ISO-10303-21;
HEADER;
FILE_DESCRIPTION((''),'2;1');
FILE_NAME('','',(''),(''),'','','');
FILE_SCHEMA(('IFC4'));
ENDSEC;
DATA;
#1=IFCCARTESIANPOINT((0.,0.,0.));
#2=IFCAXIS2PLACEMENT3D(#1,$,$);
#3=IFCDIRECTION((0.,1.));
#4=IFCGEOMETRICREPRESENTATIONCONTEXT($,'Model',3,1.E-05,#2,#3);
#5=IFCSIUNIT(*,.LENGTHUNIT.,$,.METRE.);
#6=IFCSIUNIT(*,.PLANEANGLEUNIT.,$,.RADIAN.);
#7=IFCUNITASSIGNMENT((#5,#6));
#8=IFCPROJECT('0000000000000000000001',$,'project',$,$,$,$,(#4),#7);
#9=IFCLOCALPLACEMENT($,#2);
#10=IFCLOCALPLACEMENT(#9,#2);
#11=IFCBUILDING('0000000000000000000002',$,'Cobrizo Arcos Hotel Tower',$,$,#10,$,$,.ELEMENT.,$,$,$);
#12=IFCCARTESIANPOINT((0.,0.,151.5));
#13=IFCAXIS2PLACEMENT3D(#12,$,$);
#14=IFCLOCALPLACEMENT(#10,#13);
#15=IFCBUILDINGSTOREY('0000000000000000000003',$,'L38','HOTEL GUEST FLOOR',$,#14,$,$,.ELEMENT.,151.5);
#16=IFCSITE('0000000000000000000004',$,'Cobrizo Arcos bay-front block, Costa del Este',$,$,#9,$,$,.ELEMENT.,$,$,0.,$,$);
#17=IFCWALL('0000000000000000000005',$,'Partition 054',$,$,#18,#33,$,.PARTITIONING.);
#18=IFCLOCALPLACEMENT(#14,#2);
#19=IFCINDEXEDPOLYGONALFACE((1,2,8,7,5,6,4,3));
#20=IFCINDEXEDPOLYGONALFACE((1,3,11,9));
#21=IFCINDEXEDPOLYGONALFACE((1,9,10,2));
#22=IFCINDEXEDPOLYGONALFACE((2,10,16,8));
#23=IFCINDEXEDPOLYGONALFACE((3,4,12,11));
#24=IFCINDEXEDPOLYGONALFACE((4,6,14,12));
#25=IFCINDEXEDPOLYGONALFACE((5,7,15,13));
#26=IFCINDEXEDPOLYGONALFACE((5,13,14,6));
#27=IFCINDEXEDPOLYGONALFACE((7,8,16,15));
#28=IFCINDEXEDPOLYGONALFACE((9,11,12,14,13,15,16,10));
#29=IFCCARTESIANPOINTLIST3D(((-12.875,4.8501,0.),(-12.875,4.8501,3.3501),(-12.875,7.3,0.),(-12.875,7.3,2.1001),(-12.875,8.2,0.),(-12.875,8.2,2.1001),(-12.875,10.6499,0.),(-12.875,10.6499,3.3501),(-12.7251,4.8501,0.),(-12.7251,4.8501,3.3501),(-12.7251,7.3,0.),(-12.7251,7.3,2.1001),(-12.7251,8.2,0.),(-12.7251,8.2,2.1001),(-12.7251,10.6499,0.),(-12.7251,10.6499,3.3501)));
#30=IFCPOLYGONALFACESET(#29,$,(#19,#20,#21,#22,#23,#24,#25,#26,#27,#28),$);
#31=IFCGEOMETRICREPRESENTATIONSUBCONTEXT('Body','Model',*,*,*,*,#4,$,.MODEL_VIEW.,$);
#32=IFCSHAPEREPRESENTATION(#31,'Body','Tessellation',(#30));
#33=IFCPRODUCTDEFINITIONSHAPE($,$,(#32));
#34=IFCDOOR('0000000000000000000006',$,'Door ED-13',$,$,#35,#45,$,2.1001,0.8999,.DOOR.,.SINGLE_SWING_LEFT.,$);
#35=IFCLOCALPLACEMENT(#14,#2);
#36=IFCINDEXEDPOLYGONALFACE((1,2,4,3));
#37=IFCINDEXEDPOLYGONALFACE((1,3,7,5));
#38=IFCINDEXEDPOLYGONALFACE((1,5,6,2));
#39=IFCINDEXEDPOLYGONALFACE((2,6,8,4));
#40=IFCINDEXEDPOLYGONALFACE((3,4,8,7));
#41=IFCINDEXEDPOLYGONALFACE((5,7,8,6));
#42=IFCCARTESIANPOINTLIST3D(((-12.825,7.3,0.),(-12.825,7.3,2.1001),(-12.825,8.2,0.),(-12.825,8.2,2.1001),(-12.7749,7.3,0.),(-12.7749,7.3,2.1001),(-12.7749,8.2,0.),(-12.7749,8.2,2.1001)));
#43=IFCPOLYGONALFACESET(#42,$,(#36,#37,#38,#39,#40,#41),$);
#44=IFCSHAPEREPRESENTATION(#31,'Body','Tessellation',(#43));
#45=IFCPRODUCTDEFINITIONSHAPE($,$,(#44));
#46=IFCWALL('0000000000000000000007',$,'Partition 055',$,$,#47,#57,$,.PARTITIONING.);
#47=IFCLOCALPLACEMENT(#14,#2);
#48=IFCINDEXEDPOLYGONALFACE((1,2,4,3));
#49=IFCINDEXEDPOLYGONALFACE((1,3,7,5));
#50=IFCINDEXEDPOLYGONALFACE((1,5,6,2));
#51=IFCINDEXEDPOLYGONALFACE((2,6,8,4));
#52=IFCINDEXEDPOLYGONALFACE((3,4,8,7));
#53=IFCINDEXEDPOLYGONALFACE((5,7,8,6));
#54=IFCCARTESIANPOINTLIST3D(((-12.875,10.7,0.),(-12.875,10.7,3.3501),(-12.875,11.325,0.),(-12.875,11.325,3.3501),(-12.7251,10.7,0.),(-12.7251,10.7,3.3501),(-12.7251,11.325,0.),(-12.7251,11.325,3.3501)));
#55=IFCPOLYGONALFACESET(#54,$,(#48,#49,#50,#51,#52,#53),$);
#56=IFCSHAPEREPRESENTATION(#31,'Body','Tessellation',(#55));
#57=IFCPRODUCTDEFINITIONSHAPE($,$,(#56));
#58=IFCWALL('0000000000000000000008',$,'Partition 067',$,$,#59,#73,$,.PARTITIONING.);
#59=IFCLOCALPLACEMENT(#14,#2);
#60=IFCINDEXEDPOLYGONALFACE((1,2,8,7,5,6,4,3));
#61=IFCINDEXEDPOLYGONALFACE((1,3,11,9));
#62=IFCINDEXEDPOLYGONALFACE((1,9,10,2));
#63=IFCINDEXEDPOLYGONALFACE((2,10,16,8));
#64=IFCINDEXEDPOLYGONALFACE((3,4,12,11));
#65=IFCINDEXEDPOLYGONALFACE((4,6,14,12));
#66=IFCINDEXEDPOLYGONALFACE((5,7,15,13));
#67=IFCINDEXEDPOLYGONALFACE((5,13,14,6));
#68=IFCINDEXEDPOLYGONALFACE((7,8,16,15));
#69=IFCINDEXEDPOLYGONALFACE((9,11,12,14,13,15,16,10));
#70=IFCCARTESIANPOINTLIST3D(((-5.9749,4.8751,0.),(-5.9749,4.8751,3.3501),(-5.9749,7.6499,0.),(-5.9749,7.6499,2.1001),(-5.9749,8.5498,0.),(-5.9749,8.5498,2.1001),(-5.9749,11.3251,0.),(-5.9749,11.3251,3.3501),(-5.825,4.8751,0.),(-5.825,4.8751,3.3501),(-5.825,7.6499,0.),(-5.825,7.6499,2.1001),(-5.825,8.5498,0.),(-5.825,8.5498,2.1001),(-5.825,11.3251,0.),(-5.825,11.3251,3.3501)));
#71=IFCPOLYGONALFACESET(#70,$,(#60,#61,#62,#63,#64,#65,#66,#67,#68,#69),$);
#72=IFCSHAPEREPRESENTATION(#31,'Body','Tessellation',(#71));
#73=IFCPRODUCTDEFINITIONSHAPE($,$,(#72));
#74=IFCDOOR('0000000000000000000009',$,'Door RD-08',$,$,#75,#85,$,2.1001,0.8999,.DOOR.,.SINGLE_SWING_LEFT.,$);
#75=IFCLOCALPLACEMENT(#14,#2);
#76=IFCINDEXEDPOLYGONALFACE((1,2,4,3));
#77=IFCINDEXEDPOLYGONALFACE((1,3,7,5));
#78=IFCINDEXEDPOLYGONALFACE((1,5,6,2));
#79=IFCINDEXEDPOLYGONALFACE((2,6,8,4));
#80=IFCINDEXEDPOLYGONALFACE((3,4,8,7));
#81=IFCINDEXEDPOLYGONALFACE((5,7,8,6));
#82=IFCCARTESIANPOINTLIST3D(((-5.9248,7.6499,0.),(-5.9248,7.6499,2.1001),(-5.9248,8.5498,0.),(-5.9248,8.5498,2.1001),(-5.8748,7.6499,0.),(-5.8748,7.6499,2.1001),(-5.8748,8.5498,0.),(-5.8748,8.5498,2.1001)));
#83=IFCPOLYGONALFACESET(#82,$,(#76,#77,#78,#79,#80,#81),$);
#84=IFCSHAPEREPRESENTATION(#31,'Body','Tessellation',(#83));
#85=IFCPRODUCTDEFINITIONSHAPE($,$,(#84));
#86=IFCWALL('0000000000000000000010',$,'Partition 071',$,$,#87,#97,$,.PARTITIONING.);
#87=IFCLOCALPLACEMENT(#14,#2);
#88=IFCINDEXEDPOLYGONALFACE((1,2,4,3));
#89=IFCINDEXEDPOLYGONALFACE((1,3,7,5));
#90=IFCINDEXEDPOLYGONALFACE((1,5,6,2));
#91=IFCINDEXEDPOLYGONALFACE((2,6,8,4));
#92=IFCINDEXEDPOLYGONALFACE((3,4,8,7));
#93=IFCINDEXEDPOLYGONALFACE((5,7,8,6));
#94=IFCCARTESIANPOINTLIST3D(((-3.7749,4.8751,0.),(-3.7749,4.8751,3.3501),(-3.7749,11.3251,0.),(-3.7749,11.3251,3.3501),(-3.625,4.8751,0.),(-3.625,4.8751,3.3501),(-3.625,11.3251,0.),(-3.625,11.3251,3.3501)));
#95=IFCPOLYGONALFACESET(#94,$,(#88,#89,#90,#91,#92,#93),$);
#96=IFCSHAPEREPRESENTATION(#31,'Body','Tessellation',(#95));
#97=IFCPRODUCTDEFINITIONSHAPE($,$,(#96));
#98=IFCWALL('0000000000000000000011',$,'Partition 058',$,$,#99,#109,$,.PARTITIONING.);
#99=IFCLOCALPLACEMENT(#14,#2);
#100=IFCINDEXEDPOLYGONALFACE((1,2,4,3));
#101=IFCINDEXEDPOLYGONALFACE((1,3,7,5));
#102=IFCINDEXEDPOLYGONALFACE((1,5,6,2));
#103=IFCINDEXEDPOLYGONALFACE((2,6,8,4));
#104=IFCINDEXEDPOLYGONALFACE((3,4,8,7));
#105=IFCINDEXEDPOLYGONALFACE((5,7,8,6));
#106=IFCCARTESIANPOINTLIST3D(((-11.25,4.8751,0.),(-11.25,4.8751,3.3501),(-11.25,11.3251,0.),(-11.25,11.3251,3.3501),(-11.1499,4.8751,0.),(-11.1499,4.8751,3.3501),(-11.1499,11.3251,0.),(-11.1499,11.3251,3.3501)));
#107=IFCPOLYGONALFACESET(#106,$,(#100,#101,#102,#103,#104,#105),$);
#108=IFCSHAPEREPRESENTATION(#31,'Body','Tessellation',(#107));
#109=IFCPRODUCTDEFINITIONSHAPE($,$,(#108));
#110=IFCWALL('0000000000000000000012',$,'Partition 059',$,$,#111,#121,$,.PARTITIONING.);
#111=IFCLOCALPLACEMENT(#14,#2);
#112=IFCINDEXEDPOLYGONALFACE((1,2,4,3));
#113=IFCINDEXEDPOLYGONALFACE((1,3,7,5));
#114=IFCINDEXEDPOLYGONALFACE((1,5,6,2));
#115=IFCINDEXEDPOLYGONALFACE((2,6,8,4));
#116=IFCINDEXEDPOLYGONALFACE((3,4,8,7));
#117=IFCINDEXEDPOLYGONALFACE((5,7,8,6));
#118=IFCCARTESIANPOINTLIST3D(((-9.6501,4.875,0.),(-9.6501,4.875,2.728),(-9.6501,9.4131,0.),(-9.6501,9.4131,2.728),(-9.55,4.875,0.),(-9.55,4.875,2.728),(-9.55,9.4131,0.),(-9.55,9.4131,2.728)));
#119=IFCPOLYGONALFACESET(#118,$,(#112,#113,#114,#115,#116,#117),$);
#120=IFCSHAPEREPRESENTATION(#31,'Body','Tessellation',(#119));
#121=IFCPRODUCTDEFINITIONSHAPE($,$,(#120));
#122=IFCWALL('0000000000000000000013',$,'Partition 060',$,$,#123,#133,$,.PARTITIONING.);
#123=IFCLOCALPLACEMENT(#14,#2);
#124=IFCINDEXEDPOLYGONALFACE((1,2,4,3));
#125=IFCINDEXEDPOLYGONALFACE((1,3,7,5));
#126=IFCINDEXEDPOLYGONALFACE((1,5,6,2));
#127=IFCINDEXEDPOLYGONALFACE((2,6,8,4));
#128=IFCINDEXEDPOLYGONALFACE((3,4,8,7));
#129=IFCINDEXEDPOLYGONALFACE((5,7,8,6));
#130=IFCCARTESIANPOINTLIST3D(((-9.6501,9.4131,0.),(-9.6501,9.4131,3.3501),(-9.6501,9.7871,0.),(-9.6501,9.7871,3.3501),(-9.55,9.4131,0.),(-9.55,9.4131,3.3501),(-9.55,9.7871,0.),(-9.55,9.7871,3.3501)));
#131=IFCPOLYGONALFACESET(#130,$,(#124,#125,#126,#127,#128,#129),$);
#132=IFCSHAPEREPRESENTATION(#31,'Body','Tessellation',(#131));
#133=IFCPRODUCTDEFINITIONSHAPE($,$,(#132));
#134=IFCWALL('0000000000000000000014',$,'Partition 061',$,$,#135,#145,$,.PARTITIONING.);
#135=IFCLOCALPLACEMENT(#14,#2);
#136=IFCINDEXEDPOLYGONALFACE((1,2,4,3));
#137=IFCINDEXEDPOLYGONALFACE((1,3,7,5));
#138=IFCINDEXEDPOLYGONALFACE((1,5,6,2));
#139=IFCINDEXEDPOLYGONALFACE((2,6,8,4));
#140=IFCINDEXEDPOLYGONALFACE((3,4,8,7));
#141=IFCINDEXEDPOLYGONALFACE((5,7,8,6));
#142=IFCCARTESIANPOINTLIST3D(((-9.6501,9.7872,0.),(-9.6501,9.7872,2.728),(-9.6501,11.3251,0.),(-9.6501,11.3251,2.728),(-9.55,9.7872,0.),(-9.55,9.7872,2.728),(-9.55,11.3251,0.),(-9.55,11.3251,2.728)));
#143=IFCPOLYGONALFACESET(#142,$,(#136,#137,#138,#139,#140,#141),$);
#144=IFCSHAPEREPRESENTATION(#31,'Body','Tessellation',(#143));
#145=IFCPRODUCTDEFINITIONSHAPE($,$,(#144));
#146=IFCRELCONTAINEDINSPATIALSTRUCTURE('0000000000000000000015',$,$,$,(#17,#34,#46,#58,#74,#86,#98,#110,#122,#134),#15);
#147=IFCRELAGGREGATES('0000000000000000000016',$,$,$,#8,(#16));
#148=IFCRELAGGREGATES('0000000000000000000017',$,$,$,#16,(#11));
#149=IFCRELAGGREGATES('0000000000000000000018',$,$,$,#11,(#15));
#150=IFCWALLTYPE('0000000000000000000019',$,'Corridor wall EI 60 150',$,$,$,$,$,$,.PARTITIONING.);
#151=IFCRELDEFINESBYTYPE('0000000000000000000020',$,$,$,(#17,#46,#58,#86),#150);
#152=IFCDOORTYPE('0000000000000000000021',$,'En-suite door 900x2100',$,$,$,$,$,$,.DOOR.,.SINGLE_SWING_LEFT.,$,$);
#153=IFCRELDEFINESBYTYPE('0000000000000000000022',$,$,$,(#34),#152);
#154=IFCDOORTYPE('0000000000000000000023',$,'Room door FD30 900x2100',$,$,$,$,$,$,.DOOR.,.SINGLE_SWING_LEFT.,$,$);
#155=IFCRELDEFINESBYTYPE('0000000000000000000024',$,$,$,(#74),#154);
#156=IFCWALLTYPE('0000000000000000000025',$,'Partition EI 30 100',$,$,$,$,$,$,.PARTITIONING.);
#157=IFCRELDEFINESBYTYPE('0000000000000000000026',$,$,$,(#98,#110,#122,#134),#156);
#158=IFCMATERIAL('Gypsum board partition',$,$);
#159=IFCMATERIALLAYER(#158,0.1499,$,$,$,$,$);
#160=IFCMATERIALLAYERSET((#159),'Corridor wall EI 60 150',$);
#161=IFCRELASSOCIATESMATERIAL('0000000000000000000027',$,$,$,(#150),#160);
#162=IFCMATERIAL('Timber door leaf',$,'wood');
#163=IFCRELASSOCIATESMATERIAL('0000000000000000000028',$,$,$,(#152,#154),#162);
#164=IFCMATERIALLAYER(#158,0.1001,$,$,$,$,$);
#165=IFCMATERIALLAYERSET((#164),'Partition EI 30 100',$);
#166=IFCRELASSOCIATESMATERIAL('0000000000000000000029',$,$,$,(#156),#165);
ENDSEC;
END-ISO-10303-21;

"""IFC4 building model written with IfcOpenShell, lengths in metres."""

from ifc_helpers import new_model, si_unit, direction, frame, frame_2d, origin, place, context, subcontext, project, spatial, rectangle, extrude, material, layer, layer_set, type_object, element, fill, save


model = new_model("IFC4")

# Units and contexts
model_context = context("Model", 3, precision=1e-05, world=origin(), true_north=direction((0.0, 1.0)))
body_context = subcontext(model_context, "Body", "Model", "MODEL_VIEW")
ifc_project = project(units=[si_unit("LENGTHUNIT", "METRE"), si_unit("PLANEANGLEUNIT", "RADIAN")], contexts=[model_context])

# Site, building, storey
site_placement = place(None, origin())
site = spatial("IfcSite", under=ifc_project, at=site_placement, Name="Cobrizo Arcos bay-front block, Costa del Este", CompositionType="ELEMENT", RefElevation=0.0)
building_placement = place(site_placement, origin())
building = spatial("IfcBuilding", under=site, at=building_placement, Name="Cobrizo Arcos Hotel Tower", CompositionType="ELEMENT")
storey_placement = place(building_placement, frame((0.0, 0.0, 151.5)))
storey = spatial("IfcBuildingStorey", under=building, at=storey_placement, Name="L38", Description="HOTEL GUEST FLOOR", CompositionType="ELEMENT", Elevation=151.5)

# Shared definitions
ifc_material_1 = material(Name="Gypsum board partition")
ifc_layer_1 = layer(ifc_material_1, 0.1499)
ifc_layer_set_1 = layer_set([ifc_layer_1], Name="Corridor wall EI 60 150")
wall_type_1 = type_object("IfcWallType", Name="Corridor wall EI 60 150", PredefinedType="PARTITIONING", material=ifc_layer_set_1)

# Shared definitions
ifc_material_2 = material(Name="Timber door leaf", Category="wood")
door_type_1 = type_object("IfcDoorType", Name="En-suite door 900x2100", OperationType="SINGLE_SWING_LEFT", PredefinedType="DOOR", material=ifc_material_2)
door_type_2 = type_object("IfcDoorType", Name="Room door FD30 900x2100", OperationType="SINGLE_SWING_LEFT", PredefinedType="DOOR", material=ifc_material_2)

# Wall, opening, door
wall_1_placement = place(storey_placement, frame((-12.8, 4.8501, 0.0), z_axis=(0.0, 0.0, 1.0), x_axis=(0.0, 1.0, 0.0)))
wall_1 = element("IfcWall", 1, at=wall_1_placement, inside=storey, type_object=wall_type_1, Name="Partition 054", PredefinedType="PARTITIONING", context=body_context, shape_type="SweptSolid", body=[
    extrude(rectangle(XDim=5.7998, YDim=0.1499, at=frame_2d((2.8999, 0.0))), origin(), (0.0, 0.0, 1.0), 3.3501),
])
opening_1_placement = place(wall_1_placement, frame((2.45, 0.0, 0.0)))
opening_1 = element("IfcOpeningElement", 2, at=opening_1_placement, cuts=wall_1, PredefinedType="OPENING", context=body_context, shape_type="SweptSolid", body=[
    extrude(rectangle(XDim=0.8999, YDim=2.1001, at=frame_2d((0.45, 1.05))), frame((0.0, 0.0869, 0.0), z_axis=(0.0, -1.0, 0.0), x_axis=(1.0, 0.0, 0.0)), (0.0, 0.0, 1.0), 0.1738),
])
door_1_placement = place(opening_1_placement, origin())
door_1 = element("IfcDoor", 3, at=door_1_placement, inside=storey, type_object=door_type_1, Name="Door ED-13", OperationType="SINGLE_SWING_LEFT", OverallHeight=2.1001, OverallWidth=0.8999, PredefinedType="DOOR", context=body_context, shape_type="SweptSolid", body=[
    extrude(rectangle(XDim=0.8999, YDim=2.1001, at=frame_2d((0.45, 1.05))), frame((0.0, 0.0249, 0.0), z_axis=(0.0, -1.0, 0.0), x_axis=(1.0, 0.0, 0.0)), (0.0, 0.0, 1.0), 0.05),
])
fill(opening_1, door_1)

# Wall
wall_2_placement = place(storey_placement, frame((-12.8, 10.7, 0.0), z_axis=(0.0, 0.0, 1.0), x_axis=(0.0, 1.0, 0.0)))
element("IfcWall", 4, at=wall_2_placement, inside=storey, type_object=wall_type_1, Name="Partition 055", PredefinedType="PARTITIONING", context=body_context, shape_type="SweptSolid", body=[
    extrude(rectangle(XDim=0.625, YDim=0.1499, at=frame_2d((0.3125, 0.0))), origin(), (0.0, 0.0, 1.0), 3.3501),
])

# Wall, opening, door
wall_3_placement = place(storey_placement, frame((-5.8999, 4.875, 0.0), z_axis=(0.0, 0.0, 1.0), x_axis=(0.0, 1.0, 0.0)))
wall_3 = element("IfcWall", 5, at=wall_3_placement, inside=storey, type_object=wall_type_1, Name="Partition 067", PredefinedType="PARTITIONING", context=body_context, shape_type="SweptSolid", body=[
    extrude(rectangle(XDim=6.45, YDim=0.1499, at=frame_2d((3.2251, 0.0))), origin(), (0.0, 0.0, 1.0), 3.3501),
])
opening_2_placement = place(wall_3_placement, frame((2.7749, 0.0, 0.0)))
opening_2 = element("IfcOpeningElement", 6, at=opening_2_placement, cuts=wall_3, PredefinedType="OPENING", context=body_context, shape_type="SweptSolid", body=[
    extrude(rectangle(XDim=0.8999, YDim=2.1001, at=frame_2d((0.45, 1.05))), frame((0.0, 0.0869, 0.0), z_axis=(0.0, -1.0, 0.0), x_axis=(1.0, 0.0, 0.0)), (0.0, 0.0, 1.0), 0.1738),
])
door_2_placement = place(opening_2_placement, origin())
door_2 = element("IfcDoor", 7, at=door_2_placement, inside=storey, type_object=door_type_2, Name="Door RD-08", OperationType="SINGLE_SWING_LEFT", OverallHeight=2.1001, OverallWidth=0.8999, PredefinedType="DOOR", context=body_context, shape_type="SweptSolid", body=[
    extrude(rectangle(XDim=0.8999, YDim=2.1001, at=frame_2d((0.45, 1.05))), frame((0.0, 0.0249, 0.0), z_axis=(0.0, -1.0, 0.0), x_axis=(1.0, 0.0, 0.0)), (0.0, 0.0, 1.0), 0.05),
])
fill(opening_2, door_2)

# Walls
wall_4_placement = place(storey_placement, frame((-3.7, 4.875, 0.0), z_axis=(0.0, 0.0, 1.0), x_axis=(0.0, 1.0, 0.0)))
element("IfcWall", 8, at=wall_4_placement, inside=storey, type_object=wall_type_1, Name="Partition 071", PredefinedType="PARTITIONING", context=body_context, shape_type="SweptSolid", body=[
    extrude(rectangle(XDim=6.45, YDim=0.1499, at=frame_2d((3.2251, 0.0))), origin(), (0.0, 0.0, 1.0), 3.3501),
])
ifc_layer_2 = layer(ifc_material_1, 0.1001)
ifc_layer_set_2 = layer_set([ifc_layer_2], Name="Partition EI 30 100")
wall_type_2 = type_object("IfcWallType", Name="Partition EI 30 100", PredefinedType="PARTITIONING", material=ifc_layer_set_2)
wall_5_placement = place(storey_placement, frame((-11.2, 4.875, 0.0), z_axis=(0.0, 0.0, 1.0), x_axis=(0.0, 1.0, 0.0)))
element("IfcWall", 9, at=wall_5_placement, inside=storey, type_object=wall_type_2, Name="Partition 058", PredefinedType="PARTITIONING", context=body_context, shape_type="SweptSolid", body=[
    extrude(rectangle(XDim=6.45, YDim=0.1001, at=frame_2d((3.2251, 0.0))), origin(), (0.0, 0.0, 1.0), 3.3501),
])
wall_6_placement = place(storey_placement, frame((-9.6001, 4.875, 0.0), z_axis=(0.0, 0.0, 1.0), x_axis=(0.0, 1.0, 0.0)))
element("IfcWall", 10, at=wall_6_placement, inside=storey, type_object=wall_type_2, Name="Partition 059", PredefinedType="PARTITIONING", context=body_context, shape_type="SweptSolid", body=[
    extrude(rectangle(XDim=4.5381, YDim=0.1001, at=frame_2d((2.269, 0.0))), origin(), (0.0, 0.0, 1.0), 2.728),
])
wall_7_placement = place(storey_placement, frame((-9.6001, 9.4131, 0.0), z_axis=(0.0, 0.0, 1.0), x_axis=(0.0, 1.0, 0.0)))
element("IfcWall", 11, at=wall_7_placement, inside=storey, type_object=wall_type_2, Name="Partition 060", PredefinedType="PARTITIONING", context=body_context, shape_type="SweptSolid", body=[
    extrude(rectangle(XDim=0.374, YDim=0.1001, at=frame_2d((0.187, 0.0))), origin(), (0.0, 0.0, 1.0), 3.3501),
])
wall_8_placement = place(storey_placement, frame((-9.6001, 9.7871, 0.0), z_axis=(0.0, 0.0, 1.0), x_axis=(0.0, 1.0, 0.0)))
element("IfcWall", 12, at=wall_8_placement, inside=storey, type_object=wall_type_2, Name="Partition 061", PredefinedType="PARTITIONING", context=body_context, shape_type="SweptSolid", body=[
    extrude(rectangle(XDim=1.5378, YDim=0.1001, at=frame_2d((0.769, 0.0))), origin(), (0.0, 0.0, 1.0), 2.728),
])

save(model, "model.ifc")
